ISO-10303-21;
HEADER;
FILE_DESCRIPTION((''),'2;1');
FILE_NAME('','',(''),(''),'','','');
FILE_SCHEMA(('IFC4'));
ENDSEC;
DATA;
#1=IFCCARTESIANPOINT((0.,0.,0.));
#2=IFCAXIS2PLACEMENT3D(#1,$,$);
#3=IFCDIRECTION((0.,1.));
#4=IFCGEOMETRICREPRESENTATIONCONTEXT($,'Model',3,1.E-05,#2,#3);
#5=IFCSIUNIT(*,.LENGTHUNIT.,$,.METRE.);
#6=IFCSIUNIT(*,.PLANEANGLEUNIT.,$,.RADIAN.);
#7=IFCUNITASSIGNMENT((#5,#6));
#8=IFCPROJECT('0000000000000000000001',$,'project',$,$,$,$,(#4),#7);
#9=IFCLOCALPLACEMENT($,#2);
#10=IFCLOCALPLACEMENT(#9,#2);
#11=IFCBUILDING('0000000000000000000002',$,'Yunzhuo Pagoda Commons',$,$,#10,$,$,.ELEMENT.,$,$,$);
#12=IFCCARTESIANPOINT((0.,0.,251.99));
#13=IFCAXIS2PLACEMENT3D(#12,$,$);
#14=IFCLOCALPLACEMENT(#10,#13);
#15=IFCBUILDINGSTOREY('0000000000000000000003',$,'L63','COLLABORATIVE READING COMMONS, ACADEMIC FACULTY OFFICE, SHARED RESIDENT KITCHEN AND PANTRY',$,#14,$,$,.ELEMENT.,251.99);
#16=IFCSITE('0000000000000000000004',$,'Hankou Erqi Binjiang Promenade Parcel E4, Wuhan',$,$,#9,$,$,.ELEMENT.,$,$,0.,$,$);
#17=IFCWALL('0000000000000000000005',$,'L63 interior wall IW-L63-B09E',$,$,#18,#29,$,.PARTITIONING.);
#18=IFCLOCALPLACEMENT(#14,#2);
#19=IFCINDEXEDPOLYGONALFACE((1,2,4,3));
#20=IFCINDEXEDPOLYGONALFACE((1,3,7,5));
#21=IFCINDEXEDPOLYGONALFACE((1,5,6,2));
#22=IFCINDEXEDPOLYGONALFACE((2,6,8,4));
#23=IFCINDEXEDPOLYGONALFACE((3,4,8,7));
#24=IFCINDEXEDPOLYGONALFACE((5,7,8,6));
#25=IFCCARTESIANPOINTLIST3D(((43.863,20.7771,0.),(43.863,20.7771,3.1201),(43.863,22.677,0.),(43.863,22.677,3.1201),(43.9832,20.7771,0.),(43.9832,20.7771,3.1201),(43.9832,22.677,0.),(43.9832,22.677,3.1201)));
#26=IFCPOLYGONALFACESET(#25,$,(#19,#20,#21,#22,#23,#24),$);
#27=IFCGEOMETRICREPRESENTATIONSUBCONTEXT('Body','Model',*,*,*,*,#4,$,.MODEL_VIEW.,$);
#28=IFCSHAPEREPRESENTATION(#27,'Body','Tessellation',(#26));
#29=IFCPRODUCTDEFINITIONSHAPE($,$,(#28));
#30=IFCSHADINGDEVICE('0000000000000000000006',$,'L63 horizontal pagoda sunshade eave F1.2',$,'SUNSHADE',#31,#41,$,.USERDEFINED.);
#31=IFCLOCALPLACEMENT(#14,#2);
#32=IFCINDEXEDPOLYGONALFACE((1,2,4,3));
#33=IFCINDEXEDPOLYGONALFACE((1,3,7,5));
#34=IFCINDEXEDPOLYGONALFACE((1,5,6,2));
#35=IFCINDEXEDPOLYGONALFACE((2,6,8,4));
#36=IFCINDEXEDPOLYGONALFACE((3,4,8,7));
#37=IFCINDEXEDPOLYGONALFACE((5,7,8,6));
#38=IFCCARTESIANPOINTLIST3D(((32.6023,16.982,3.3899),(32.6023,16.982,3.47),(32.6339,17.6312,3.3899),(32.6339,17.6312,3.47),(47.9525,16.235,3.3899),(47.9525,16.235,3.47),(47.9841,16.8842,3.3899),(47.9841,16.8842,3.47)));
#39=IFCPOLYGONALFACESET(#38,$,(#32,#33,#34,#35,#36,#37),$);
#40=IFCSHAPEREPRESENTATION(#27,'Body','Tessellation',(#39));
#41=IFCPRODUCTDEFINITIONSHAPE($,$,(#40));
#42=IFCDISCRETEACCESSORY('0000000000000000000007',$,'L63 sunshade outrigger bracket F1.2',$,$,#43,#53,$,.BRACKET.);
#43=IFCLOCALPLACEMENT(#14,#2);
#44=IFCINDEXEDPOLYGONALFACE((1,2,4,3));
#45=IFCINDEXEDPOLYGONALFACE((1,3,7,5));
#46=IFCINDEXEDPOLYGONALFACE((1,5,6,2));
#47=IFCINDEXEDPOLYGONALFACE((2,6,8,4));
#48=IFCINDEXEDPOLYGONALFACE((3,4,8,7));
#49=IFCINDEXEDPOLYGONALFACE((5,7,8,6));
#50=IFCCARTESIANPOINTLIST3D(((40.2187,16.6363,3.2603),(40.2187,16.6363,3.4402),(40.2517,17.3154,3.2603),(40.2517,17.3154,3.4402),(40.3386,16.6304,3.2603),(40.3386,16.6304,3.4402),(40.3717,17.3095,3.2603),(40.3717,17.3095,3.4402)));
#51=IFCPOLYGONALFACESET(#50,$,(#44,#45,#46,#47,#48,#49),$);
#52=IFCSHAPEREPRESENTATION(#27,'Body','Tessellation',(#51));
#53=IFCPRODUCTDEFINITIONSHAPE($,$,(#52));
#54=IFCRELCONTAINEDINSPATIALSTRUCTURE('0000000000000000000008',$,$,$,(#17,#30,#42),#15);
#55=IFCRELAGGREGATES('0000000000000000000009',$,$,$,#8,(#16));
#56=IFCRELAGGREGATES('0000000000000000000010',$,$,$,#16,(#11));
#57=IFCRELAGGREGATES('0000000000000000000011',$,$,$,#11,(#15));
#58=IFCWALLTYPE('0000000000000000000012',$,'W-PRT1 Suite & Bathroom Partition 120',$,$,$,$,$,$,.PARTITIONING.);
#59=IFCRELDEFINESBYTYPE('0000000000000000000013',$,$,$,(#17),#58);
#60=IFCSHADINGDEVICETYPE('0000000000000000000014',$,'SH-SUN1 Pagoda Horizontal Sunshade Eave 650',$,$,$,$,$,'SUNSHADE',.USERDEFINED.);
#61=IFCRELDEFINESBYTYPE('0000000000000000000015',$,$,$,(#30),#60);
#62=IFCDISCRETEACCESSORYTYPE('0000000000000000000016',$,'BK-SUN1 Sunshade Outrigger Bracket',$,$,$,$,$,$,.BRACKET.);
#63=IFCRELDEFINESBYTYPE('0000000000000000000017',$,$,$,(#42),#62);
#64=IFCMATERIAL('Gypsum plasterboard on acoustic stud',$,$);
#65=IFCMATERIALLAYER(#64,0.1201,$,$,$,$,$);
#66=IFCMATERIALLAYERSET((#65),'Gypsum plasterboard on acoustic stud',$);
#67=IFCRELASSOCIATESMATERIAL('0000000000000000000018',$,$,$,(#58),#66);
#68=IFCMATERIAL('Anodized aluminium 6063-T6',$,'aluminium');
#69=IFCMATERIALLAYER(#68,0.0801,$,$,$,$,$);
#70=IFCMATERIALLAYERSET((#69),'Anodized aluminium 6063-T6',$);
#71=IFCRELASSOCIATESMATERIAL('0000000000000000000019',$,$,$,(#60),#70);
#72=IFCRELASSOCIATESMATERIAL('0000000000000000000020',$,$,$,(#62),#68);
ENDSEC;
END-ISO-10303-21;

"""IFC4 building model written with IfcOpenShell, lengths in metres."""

from ifc_helpers import new_model, si_unit, direction, frame, frame_2d, origin, origin_2d, place, context, subcontext, project, spatial, rectangle, extrude, source, transform, mapped, material, layer, layer_set, type_object, element, save


model = new_model("IFC4")

# Units and contexts
model_context = context("Model", 3, precision=1e-05, world=origin(), true_north=direction((0.0, 1.0)))
body_context = subcontext(model_context, "Body", "Model", "MODEL_VIEW")
ifc_project = project(units=[si_unit("LENGTHUNIT", "METRE"), si_unit("PLANEANGLEUNIT", "RADIAN")], contexts=[model_context])

# Site, building, storey
site_placement = place(None, origin())
site = spatial("IfcSite", under=ifc_project, at=site_placement, Name="Hankou Erqi Binjiang Promenade Parcel E4, Wuhan", CompositionType="ELEMENT", RefElevation=0.0)
building_placement = place(site_placement, origin())
building = spatial("IfcBuilding", under=site, at=building_placement, Name="Yunzhuo Pagoda Commons", CompositionType="ELEMENT")
storey_placement = place(building_placement, frame((0.0, 0.0, 251.99)))
storey = spatial("IfcBuildingStorey", under=building, at=storey_placement, Name="L63", Description="COLLABORATIVE READING COMMONS, ACADEMIC FACULTY OFFICE, SHARED RESIDENT KITCHEN AND PANTRY", CompositionType="ELEMENT", Elevation=251.99)

# Shared definitions
ifc_material_1 = material(Name="Anodized aluminium 6063-T6", Category="aluminium")

# Shared definitions
ifc_material_2 = material(Name="Gypsum plasterboard on acoustic stud")
ifc_layer_1 = layer(ifc_material_2, 0.1201)
ifc_layer_set_1 = layer_set([ifc_layer_1], Name="Gypsum plasterboard on acoustic stud")
wall_type = type_object("IfcWallType", Name="W-PRT1 Suite & Bathroom Partition 120", PredefinedType="PARTITIONING", material=ifc_layer_set_1)

# Wall
wall_1_placement = place(storey_placement, frame((43.9231, 20.7771, 0.0), z_axis=(0.0, 0.0, 1.0), x_axis=(0.0, 1.0, 0.0)))
element("IfcWall", 1, at=wall_1_placement, inside=storey, type_object=wall_type, Name="L63 interior wall IW-L63-B09E", PredefinedType="PARTITIONING", context=body_context, shape_type="SweptSolid", body=[
    extrude(rectangle(XDim=1.8999, YDim=0.1201, at=frame_2d((0.95, 0.0))), origin(), (0.0, 0.0, 1.0), 3.1201),
])

# Shading device
ifc_layer_2 = layer(ifc_material_1, 0.0801)
ifc_layer_set_2 = layer_set([ifc_layer_2], Name="Anodized aluminium 6063-T6")
shading_device_type = type_object("IfcShadingDeviceType", Name="SH-SUN1 Pagoda Horizontal Sunshade Eave 650", ElementType="SUNSHADE", PredefinedType="USERDEFINED", material=ifc_layer_set_2)
shared_shape_1 = source(origin(), body_context, "Body", "SweptSolid", [
    extrude(rectangle(XDim=15.3684, YDim=0.6499, at=origin_2d()), origin(), (0.0, 0.0, 1.0), 0.0801),
])
shading_device_placement = place(storey_placement, frame((40.2932, 16.9331, 3.3899), z_axis=(0.0, 0.0, 1.0), x_axis=(0.998818, -0.048606, 0.0)))
element("IfcShadingDevice", 2, at=shading_device_placement, inside=storey, type_object=shading_device_type, Name="L63 horizontal pagoda sunshade eave F1.2", ObjectType="SUNSHADE", PredefinedType="USERDEFINED", context=body_context, shape_type="MappedRepresentation", body=[
    mapped(shared_shape_1, transform((0.0, 0.0, 0.0), scale=1.0)),
])

# Discrete accessory
discrete_accessory_type = type_object("IfcDiscreteAccessoryType", Name="BK-SUN1 Sunshade Outrigger Bracket", PredefinedType="BRACKET", material=ifc_material_1)
shared_shape_2 = source(origin(), body_context, "Body", "SweptSolid", [
    extrude(rectangle(XDim=0.1201, YDim=0.6799, at=origin_2d()), origin(), (0.0, 0.0, 1.0), 0.1799),
])
discrete_accessory_placement = place(storey_placement, frame((40.2952, 16.9729, 3.2603), z_axis=(0.0, 0.0, 1.0), x_axis=(0.998818, -0.048606, 0.0)))
element("IfcDiscreteAccessory", 3, at=discrete_accessory_placement, inside=storey, type_object=discrete_accessory_type, Name="L63 sunshade outrigger bracket F1.2", PredefinedType="BRACKET", context=body_context, shape_type="MappedRepresentation", body=[
    mapped(shared_shape_2, transform((0.0, 0.0, 0.0), scale=1.0)),
])

save(model, "model.ifc")
